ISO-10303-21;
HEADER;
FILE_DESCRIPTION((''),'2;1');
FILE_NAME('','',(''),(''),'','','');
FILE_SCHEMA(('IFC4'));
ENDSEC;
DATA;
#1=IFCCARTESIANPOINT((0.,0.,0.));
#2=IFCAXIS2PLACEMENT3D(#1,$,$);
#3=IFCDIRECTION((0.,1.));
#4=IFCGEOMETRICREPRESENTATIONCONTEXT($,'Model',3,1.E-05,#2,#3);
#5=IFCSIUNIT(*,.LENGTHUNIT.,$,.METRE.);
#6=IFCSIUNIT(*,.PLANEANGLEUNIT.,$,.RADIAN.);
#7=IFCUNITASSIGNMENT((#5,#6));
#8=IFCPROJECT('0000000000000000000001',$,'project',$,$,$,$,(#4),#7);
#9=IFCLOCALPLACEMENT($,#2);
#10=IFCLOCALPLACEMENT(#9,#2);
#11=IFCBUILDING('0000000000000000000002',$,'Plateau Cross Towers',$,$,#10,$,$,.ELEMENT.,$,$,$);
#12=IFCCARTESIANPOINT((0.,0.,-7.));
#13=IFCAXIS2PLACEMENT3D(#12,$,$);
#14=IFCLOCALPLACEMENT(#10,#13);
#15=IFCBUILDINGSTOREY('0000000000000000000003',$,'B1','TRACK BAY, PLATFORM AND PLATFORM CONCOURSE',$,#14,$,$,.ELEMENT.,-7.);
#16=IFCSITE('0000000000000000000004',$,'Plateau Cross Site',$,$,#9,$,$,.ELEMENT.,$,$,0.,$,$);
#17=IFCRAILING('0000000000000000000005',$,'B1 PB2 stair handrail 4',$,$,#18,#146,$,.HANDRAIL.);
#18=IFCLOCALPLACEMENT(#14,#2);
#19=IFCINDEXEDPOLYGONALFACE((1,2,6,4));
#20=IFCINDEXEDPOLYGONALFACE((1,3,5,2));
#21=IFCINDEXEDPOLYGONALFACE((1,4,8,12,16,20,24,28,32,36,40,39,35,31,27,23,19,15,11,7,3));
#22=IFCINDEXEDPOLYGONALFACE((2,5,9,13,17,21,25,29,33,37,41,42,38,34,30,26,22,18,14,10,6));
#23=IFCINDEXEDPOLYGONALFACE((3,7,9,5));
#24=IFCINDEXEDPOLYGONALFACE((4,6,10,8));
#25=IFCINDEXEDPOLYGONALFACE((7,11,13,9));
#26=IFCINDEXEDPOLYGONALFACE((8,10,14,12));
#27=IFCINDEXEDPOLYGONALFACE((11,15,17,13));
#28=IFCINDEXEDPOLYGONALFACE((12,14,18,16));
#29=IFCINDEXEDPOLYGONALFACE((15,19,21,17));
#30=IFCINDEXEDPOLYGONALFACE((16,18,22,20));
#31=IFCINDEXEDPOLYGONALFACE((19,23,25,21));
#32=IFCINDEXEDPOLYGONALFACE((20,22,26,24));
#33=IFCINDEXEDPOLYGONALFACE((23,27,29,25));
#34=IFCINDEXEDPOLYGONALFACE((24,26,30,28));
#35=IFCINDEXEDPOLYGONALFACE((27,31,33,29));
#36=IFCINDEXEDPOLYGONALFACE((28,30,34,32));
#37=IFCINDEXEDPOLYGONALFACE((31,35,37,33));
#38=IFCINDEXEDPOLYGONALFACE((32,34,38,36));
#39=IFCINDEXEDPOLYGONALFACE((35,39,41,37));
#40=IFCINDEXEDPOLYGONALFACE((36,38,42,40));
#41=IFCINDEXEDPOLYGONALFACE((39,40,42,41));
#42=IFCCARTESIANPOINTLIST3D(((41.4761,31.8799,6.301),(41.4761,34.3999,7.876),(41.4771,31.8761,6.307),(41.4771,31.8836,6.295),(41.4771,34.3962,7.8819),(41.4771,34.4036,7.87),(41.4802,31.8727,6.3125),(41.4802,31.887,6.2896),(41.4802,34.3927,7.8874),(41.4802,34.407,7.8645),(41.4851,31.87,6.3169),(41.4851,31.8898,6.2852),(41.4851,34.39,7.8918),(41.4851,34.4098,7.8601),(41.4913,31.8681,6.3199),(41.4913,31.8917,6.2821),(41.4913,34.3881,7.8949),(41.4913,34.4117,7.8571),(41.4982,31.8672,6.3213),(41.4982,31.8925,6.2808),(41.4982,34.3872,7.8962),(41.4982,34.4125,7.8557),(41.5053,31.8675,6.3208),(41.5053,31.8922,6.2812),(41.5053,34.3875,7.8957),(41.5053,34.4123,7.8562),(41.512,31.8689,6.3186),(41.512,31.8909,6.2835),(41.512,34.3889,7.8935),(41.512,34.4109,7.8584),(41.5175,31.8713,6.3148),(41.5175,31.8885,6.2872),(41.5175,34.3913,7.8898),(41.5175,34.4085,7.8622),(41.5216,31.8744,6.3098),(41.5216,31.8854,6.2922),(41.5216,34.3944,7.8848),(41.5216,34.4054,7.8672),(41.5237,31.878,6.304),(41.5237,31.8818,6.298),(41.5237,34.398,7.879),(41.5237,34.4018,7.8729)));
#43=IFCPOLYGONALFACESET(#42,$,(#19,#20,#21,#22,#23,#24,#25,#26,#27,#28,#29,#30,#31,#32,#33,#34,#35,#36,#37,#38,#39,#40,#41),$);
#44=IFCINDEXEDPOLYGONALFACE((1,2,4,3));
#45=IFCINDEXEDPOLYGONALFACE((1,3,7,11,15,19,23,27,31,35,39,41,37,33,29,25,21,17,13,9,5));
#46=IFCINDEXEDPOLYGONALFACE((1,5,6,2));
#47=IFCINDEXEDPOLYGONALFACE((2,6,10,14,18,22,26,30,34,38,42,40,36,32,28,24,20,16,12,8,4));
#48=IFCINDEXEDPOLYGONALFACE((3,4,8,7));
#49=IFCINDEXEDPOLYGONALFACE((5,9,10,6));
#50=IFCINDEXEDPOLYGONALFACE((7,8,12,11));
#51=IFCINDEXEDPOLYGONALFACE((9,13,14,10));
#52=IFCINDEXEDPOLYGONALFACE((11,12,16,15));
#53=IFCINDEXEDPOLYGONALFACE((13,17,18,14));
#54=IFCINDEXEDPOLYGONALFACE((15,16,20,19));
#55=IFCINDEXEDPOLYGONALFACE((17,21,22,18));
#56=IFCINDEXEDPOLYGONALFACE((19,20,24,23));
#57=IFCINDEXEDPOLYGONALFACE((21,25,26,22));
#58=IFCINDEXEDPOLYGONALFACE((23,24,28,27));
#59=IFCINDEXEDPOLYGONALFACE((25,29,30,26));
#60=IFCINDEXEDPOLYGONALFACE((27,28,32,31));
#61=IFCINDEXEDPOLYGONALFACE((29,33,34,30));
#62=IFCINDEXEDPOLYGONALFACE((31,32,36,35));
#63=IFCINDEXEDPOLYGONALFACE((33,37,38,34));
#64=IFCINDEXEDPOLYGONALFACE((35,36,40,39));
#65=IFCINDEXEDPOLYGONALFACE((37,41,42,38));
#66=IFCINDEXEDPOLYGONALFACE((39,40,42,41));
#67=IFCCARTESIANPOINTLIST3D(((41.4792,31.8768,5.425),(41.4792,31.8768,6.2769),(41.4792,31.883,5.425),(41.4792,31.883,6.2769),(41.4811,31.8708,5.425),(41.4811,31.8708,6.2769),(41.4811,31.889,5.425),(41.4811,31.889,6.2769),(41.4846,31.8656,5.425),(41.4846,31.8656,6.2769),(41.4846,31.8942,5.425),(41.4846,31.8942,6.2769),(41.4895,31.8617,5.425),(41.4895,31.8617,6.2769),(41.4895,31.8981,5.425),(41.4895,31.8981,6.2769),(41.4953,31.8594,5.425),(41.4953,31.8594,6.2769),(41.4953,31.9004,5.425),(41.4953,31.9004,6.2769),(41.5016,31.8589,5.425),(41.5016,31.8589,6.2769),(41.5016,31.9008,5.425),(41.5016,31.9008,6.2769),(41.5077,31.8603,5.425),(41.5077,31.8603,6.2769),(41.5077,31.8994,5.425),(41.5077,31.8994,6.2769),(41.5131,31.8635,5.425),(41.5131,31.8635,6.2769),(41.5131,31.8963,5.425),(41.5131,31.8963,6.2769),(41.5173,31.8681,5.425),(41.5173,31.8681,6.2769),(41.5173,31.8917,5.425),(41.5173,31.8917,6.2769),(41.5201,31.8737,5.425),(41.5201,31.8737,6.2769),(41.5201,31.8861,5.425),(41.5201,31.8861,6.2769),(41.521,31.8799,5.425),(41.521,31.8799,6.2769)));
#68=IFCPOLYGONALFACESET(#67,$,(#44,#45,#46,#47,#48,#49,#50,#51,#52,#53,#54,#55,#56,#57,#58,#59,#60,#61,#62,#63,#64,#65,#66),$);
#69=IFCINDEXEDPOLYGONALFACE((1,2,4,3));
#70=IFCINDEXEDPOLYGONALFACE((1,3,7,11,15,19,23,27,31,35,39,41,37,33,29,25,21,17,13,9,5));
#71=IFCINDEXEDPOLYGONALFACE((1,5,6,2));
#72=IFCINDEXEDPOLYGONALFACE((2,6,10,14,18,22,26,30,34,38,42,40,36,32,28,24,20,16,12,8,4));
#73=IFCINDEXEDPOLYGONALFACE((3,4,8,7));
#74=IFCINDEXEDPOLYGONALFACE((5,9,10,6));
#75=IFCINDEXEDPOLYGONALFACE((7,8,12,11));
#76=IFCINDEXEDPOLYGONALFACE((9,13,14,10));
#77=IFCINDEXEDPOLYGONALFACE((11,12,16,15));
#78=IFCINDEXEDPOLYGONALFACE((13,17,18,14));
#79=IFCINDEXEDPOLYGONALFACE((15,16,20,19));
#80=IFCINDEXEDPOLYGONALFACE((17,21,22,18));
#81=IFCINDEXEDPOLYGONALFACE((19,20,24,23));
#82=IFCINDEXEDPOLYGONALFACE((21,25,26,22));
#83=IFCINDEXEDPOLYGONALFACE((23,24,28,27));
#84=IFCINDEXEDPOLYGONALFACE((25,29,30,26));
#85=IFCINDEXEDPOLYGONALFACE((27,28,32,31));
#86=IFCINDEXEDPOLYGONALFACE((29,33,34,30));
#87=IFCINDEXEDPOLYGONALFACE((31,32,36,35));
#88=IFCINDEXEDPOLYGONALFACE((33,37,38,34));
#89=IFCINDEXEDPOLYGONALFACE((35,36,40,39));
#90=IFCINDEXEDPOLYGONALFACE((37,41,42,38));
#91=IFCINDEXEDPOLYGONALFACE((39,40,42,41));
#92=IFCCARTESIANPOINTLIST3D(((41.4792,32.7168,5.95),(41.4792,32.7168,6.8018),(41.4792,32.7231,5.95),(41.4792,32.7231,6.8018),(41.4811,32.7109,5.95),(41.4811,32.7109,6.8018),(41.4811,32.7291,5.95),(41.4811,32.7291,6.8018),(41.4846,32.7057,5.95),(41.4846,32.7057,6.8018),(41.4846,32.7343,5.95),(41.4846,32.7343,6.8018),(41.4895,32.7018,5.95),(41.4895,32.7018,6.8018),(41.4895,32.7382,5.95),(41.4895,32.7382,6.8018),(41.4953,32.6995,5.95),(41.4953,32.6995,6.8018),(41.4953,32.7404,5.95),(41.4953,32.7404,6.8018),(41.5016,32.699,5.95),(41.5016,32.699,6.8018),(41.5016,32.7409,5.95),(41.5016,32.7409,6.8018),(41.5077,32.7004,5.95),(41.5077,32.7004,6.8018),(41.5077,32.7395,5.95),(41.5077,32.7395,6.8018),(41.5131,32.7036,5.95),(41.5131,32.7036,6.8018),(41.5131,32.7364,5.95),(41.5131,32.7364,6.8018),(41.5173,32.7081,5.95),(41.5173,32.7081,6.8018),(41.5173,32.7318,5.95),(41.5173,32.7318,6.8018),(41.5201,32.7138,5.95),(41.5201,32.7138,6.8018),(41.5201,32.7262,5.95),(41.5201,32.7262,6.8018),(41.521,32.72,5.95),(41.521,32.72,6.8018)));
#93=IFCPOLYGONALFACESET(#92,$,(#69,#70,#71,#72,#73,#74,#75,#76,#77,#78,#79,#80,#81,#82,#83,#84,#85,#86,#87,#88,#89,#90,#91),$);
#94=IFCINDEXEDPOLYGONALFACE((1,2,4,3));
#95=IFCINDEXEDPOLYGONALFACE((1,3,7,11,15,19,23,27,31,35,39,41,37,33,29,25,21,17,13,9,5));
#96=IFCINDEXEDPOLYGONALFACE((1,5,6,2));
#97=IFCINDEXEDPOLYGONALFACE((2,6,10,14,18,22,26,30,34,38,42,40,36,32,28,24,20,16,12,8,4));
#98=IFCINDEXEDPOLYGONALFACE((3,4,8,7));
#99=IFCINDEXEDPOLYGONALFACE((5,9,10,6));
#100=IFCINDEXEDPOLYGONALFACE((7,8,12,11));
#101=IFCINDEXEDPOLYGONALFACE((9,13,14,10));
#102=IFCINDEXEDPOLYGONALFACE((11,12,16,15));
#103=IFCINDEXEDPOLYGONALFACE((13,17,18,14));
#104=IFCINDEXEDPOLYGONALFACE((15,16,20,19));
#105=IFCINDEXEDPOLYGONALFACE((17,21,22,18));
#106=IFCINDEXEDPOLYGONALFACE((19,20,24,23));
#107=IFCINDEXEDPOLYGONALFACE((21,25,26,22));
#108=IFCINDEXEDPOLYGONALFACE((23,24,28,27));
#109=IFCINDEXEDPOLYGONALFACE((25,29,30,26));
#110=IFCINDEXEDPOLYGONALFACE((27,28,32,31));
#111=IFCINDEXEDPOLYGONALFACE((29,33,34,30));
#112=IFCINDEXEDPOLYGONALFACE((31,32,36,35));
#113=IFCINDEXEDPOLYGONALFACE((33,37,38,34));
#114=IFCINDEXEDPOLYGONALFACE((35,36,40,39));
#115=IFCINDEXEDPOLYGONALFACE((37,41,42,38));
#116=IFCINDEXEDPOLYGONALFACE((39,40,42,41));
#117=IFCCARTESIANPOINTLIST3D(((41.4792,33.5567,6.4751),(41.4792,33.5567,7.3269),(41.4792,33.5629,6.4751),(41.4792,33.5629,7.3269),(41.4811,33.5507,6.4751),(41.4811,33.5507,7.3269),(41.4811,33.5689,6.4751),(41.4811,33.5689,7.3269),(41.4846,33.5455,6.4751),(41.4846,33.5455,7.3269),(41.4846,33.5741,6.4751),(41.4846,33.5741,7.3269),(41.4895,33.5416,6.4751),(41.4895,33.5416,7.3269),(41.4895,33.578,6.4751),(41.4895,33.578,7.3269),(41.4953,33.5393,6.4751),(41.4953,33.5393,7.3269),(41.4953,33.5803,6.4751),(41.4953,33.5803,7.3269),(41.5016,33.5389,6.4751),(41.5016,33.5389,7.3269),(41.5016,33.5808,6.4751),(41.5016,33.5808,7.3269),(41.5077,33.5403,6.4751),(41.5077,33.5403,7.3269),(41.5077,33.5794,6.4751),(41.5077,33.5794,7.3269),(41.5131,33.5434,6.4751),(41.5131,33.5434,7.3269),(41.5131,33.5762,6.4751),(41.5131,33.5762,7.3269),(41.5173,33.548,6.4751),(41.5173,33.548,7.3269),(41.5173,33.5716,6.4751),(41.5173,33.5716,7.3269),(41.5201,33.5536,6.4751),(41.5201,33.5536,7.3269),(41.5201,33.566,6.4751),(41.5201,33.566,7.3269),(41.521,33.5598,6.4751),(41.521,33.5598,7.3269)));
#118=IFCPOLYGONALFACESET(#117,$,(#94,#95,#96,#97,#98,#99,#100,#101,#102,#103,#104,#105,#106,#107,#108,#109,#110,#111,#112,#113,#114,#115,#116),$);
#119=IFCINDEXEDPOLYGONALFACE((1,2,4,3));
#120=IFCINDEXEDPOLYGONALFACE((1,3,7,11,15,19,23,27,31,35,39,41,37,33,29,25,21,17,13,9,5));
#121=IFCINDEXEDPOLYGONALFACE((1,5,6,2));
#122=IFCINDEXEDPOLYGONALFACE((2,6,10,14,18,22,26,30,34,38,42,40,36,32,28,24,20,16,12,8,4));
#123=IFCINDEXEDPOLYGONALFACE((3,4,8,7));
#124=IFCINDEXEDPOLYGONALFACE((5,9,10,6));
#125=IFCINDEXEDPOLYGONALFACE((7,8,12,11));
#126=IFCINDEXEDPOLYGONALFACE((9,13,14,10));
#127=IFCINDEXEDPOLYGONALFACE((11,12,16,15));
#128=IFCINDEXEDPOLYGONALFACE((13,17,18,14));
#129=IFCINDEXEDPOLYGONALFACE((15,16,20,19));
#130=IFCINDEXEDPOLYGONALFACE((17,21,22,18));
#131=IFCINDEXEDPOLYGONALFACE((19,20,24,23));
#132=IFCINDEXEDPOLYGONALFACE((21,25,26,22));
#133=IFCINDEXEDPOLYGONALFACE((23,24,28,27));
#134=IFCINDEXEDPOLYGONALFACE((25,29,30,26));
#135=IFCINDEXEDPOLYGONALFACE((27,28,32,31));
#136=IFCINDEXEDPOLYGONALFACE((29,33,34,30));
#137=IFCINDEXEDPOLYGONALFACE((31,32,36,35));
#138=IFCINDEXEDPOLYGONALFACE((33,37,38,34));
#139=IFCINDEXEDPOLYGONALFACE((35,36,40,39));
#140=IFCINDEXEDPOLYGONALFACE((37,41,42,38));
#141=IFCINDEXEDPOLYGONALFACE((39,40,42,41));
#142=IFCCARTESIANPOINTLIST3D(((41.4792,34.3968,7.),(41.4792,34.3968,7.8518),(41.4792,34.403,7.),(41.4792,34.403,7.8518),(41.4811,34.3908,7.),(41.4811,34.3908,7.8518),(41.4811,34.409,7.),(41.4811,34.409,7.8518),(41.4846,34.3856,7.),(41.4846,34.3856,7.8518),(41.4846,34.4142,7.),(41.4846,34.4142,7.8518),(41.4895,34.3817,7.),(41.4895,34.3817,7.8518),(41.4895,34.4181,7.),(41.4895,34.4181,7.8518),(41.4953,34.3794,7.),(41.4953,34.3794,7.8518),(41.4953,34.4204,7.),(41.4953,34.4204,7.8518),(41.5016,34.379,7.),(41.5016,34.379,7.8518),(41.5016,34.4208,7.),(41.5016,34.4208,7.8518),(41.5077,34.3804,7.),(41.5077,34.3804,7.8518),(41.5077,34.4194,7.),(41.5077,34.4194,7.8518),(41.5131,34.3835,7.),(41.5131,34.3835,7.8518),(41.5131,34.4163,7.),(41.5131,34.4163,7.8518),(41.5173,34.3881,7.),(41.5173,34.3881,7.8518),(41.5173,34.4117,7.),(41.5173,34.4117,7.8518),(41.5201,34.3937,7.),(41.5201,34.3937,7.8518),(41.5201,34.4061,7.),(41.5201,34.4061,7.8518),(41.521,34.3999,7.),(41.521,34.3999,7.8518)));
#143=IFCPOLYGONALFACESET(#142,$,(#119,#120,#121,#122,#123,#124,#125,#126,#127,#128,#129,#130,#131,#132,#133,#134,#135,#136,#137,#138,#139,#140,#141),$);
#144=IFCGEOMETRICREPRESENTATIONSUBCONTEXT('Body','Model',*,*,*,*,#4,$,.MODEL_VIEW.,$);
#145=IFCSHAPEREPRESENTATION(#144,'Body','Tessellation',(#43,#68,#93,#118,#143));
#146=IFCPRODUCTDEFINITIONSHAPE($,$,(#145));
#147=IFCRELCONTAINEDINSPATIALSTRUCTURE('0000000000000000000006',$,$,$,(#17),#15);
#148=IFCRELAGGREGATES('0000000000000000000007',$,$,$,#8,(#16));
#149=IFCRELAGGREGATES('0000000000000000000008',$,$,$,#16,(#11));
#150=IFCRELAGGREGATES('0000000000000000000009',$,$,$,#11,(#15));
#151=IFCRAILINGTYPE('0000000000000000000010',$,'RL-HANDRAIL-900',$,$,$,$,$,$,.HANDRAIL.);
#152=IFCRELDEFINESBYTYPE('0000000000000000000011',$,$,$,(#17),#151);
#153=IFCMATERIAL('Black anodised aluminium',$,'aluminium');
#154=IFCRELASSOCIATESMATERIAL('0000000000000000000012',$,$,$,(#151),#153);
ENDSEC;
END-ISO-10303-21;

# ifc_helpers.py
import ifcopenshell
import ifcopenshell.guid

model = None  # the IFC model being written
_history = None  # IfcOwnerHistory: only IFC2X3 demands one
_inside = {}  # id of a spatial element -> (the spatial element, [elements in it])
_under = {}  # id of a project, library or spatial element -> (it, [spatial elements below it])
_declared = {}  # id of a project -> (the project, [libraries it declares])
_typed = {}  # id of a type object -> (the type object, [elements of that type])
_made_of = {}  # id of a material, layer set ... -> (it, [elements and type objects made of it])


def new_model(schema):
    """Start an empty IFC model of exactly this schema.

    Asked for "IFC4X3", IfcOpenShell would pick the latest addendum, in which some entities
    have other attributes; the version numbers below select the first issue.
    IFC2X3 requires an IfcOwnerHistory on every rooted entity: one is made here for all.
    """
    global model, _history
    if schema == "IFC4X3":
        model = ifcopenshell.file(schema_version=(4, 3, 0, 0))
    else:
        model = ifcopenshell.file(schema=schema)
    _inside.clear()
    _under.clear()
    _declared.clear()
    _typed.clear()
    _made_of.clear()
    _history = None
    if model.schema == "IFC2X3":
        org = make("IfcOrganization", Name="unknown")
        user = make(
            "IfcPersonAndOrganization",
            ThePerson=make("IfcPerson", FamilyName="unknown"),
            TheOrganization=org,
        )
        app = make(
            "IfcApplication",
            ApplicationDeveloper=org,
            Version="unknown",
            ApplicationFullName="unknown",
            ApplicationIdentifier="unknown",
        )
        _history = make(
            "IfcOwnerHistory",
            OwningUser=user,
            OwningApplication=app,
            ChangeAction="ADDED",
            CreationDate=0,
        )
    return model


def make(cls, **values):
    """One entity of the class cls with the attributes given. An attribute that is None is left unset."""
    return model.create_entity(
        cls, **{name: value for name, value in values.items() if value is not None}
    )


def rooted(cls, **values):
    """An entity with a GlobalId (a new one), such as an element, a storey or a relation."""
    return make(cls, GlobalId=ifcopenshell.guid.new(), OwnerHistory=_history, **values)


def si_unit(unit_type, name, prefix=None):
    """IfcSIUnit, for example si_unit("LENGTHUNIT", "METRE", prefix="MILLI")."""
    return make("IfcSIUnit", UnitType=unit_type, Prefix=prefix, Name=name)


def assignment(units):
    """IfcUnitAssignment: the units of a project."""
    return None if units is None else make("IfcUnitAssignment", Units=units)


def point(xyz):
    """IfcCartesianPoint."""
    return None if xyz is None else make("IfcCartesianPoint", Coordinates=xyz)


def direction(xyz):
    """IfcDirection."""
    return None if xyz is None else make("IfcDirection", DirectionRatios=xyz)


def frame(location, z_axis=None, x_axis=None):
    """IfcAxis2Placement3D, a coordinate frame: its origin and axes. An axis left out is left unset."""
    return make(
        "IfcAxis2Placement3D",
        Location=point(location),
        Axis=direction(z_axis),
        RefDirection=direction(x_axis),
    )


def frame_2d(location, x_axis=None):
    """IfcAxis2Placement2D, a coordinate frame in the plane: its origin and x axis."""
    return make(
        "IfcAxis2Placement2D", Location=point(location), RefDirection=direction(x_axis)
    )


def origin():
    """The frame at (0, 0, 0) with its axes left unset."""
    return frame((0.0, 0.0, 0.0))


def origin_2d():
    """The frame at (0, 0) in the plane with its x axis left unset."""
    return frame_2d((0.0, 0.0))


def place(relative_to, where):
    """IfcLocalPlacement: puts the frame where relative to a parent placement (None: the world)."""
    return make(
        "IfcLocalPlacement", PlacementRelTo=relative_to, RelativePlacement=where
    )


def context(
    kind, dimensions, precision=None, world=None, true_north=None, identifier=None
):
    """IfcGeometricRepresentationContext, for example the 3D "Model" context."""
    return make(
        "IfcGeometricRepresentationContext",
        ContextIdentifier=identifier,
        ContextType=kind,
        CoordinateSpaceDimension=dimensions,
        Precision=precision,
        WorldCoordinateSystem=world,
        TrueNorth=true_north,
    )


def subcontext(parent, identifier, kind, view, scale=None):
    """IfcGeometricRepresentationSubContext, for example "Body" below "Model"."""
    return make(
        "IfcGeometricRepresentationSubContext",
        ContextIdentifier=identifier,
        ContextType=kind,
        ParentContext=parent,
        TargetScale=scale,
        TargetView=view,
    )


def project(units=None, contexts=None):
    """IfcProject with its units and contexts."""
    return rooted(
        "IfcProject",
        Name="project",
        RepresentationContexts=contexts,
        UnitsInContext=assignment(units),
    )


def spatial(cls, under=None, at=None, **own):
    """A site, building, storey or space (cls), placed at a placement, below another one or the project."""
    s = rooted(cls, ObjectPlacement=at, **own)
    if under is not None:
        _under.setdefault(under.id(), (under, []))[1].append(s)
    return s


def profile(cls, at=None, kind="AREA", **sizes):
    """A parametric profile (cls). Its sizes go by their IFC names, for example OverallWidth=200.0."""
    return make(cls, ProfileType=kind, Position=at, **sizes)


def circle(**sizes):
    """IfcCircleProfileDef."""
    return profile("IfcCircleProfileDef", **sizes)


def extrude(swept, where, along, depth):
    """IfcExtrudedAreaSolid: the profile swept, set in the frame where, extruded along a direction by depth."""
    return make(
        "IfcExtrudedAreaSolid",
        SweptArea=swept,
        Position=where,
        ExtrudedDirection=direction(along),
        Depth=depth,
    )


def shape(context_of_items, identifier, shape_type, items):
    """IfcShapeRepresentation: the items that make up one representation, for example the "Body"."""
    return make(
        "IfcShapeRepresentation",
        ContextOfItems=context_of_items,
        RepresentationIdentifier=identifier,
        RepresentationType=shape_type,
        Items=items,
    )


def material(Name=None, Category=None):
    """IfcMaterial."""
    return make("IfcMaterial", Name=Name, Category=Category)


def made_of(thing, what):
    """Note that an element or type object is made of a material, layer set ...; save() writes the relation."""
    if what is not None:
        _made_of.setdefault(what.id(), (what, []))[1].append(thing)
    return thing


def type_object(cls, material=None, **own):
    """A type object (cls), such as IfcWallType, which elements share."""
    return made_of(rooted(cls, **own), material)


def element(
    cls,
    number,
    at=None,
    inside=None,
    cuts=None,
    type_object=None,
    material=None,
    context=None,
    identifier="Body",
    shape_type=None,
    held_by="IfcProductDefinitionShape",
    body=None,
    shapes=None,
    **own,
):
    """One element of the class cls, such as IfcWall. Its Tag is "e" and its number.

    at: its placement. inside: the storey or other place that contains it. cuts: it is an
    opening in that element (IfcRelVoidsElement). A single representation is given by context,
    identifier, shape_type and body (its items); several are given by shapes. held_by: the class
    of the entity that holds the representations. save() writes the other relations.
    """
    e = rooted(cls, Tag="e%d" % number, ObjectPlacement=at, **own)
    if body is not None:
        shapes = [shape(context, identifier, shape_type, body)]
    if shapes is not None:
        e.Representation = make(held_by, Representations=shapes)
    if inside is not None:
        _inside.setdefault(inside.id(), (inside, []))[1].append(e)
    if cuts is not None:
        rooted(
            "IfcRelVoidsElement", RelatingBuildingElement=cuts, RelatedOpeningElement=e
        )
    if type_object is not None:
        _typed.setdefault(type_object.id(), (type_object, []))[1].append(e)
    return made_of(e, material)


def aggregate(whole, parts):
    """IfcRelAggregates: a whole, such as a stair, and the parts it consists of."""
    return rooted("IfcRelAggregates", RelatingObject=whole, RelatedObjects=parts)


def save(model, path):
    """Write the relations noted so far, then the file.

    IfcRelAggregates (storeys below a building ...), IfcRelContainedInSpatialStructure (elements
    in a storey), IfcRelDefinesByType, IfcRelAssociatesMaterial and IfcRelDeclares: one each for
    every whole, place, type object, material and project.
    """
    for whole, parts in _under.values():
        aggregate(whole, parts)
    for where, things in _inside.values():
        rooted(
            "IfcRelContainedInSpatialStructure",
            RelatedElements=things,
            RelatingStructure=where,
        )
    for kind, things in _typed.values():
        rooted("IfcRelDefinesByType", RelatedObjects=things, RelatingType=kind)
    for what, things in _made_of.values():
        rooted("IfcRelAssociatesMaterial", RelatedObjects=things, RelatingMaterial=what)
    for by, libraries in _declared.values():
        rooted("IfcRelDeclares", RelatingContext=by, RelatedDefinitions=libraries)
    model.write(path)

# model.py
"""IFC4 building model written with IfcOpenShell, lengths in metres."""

from ifc_helpers import new_model, si_unit, direction, frame, origin, origin_2d, place, context, subcontext, project, spatial, circle, extrude, material, type_object, element, save


model = new_model("IFC4")

# Units and contexts
model_context = context("Model", 3, precision=1e-05, world=origin(), true_north=direction((0.0, 1.0)))
body_context = subcontext(model_context, "Body", "Model", "MODEL_VIEW")
ifc_project = project(units=[si_unit("LENGTHUNIT", "METRE"), si_unit("PLANEANGLEUNIT", "RADIAN")], contexts=[model_context])

# Site, building, storey
site_placement = place(None, origin())
site = spatial("IfcSite", under=ifc_project, at=site_placement, Name="Plateau Cross Site", CompositionType="ELEMENT", RefElevation=0.0)
building_placement = place(site_placement, origin())
building = spatial("IfcBuilding", under=site, at=building_placement, Name="Plateau Cross Towers", CompositionType="ELEMENT")
storey_placement = place(building_placement, frame((0.0, 0.0, -7.0)))
storey = spatial("IfcBuildingStorey", under=building, at=storey_placement, Name="B1", Description="TRACK BAY, PLATFORM AND PLATFORM CONCOURSE", CompositionType="ELEMENT", Elevation=-7.0)

# Railing
ifc_material_1 = material(Name="Black anodised aluminium", Category="aluminium")
railing_type_1 = type_object("IfcRailingType", Name="RL-HANDRAIL-900", PredefinedType="HANDRAIL", material=ifc_material_1)
railing_1_placement = place(storey_placement, frame((41.5, 31.8799, 5.425)))
element("IfcRailing", 1, at=railing_1_placement, inside=storey, type_object=railing_type_1, Name="B1 PB2 stair handrail 4", PredefinedType="HANDRAIL", context=body_context, shape_type="SweptSolid", body=[
    extrude(circle(Radius=0.0239, at=origin_2d()), frame((0.0, 0.0, 0.876), z_axis=(0.0, 0.848008, 0.529984), x_axis=(-1.0, 0.0, 0.0)), (0.0, 0.0, 1.0), 2.9717),
    extrude(circle(Radius=0.021, at=origin_2d()), origin(), (0.0, 0.0, 1.0), 0.8518),
    extrude(circle(Radius=0.021, at=origin_2d()), frame((0.0, 0.8401, 0.5249)), (0.0, 0.0, 1.0), 0.8518),
    extrude(circle(Radius=0.021, at=origin_2d()), frame((0.0, 1.6799, 1.05)), (0.0, 0.0, 1.0), 0.8518),
    extrude(circle(Radius=0.021, at=origin_2d()), frame((0.0, 2.52, 1.575)), (0.0, 0.0, 1.0), 0.8518),
])

save(model, "model.ifc")
